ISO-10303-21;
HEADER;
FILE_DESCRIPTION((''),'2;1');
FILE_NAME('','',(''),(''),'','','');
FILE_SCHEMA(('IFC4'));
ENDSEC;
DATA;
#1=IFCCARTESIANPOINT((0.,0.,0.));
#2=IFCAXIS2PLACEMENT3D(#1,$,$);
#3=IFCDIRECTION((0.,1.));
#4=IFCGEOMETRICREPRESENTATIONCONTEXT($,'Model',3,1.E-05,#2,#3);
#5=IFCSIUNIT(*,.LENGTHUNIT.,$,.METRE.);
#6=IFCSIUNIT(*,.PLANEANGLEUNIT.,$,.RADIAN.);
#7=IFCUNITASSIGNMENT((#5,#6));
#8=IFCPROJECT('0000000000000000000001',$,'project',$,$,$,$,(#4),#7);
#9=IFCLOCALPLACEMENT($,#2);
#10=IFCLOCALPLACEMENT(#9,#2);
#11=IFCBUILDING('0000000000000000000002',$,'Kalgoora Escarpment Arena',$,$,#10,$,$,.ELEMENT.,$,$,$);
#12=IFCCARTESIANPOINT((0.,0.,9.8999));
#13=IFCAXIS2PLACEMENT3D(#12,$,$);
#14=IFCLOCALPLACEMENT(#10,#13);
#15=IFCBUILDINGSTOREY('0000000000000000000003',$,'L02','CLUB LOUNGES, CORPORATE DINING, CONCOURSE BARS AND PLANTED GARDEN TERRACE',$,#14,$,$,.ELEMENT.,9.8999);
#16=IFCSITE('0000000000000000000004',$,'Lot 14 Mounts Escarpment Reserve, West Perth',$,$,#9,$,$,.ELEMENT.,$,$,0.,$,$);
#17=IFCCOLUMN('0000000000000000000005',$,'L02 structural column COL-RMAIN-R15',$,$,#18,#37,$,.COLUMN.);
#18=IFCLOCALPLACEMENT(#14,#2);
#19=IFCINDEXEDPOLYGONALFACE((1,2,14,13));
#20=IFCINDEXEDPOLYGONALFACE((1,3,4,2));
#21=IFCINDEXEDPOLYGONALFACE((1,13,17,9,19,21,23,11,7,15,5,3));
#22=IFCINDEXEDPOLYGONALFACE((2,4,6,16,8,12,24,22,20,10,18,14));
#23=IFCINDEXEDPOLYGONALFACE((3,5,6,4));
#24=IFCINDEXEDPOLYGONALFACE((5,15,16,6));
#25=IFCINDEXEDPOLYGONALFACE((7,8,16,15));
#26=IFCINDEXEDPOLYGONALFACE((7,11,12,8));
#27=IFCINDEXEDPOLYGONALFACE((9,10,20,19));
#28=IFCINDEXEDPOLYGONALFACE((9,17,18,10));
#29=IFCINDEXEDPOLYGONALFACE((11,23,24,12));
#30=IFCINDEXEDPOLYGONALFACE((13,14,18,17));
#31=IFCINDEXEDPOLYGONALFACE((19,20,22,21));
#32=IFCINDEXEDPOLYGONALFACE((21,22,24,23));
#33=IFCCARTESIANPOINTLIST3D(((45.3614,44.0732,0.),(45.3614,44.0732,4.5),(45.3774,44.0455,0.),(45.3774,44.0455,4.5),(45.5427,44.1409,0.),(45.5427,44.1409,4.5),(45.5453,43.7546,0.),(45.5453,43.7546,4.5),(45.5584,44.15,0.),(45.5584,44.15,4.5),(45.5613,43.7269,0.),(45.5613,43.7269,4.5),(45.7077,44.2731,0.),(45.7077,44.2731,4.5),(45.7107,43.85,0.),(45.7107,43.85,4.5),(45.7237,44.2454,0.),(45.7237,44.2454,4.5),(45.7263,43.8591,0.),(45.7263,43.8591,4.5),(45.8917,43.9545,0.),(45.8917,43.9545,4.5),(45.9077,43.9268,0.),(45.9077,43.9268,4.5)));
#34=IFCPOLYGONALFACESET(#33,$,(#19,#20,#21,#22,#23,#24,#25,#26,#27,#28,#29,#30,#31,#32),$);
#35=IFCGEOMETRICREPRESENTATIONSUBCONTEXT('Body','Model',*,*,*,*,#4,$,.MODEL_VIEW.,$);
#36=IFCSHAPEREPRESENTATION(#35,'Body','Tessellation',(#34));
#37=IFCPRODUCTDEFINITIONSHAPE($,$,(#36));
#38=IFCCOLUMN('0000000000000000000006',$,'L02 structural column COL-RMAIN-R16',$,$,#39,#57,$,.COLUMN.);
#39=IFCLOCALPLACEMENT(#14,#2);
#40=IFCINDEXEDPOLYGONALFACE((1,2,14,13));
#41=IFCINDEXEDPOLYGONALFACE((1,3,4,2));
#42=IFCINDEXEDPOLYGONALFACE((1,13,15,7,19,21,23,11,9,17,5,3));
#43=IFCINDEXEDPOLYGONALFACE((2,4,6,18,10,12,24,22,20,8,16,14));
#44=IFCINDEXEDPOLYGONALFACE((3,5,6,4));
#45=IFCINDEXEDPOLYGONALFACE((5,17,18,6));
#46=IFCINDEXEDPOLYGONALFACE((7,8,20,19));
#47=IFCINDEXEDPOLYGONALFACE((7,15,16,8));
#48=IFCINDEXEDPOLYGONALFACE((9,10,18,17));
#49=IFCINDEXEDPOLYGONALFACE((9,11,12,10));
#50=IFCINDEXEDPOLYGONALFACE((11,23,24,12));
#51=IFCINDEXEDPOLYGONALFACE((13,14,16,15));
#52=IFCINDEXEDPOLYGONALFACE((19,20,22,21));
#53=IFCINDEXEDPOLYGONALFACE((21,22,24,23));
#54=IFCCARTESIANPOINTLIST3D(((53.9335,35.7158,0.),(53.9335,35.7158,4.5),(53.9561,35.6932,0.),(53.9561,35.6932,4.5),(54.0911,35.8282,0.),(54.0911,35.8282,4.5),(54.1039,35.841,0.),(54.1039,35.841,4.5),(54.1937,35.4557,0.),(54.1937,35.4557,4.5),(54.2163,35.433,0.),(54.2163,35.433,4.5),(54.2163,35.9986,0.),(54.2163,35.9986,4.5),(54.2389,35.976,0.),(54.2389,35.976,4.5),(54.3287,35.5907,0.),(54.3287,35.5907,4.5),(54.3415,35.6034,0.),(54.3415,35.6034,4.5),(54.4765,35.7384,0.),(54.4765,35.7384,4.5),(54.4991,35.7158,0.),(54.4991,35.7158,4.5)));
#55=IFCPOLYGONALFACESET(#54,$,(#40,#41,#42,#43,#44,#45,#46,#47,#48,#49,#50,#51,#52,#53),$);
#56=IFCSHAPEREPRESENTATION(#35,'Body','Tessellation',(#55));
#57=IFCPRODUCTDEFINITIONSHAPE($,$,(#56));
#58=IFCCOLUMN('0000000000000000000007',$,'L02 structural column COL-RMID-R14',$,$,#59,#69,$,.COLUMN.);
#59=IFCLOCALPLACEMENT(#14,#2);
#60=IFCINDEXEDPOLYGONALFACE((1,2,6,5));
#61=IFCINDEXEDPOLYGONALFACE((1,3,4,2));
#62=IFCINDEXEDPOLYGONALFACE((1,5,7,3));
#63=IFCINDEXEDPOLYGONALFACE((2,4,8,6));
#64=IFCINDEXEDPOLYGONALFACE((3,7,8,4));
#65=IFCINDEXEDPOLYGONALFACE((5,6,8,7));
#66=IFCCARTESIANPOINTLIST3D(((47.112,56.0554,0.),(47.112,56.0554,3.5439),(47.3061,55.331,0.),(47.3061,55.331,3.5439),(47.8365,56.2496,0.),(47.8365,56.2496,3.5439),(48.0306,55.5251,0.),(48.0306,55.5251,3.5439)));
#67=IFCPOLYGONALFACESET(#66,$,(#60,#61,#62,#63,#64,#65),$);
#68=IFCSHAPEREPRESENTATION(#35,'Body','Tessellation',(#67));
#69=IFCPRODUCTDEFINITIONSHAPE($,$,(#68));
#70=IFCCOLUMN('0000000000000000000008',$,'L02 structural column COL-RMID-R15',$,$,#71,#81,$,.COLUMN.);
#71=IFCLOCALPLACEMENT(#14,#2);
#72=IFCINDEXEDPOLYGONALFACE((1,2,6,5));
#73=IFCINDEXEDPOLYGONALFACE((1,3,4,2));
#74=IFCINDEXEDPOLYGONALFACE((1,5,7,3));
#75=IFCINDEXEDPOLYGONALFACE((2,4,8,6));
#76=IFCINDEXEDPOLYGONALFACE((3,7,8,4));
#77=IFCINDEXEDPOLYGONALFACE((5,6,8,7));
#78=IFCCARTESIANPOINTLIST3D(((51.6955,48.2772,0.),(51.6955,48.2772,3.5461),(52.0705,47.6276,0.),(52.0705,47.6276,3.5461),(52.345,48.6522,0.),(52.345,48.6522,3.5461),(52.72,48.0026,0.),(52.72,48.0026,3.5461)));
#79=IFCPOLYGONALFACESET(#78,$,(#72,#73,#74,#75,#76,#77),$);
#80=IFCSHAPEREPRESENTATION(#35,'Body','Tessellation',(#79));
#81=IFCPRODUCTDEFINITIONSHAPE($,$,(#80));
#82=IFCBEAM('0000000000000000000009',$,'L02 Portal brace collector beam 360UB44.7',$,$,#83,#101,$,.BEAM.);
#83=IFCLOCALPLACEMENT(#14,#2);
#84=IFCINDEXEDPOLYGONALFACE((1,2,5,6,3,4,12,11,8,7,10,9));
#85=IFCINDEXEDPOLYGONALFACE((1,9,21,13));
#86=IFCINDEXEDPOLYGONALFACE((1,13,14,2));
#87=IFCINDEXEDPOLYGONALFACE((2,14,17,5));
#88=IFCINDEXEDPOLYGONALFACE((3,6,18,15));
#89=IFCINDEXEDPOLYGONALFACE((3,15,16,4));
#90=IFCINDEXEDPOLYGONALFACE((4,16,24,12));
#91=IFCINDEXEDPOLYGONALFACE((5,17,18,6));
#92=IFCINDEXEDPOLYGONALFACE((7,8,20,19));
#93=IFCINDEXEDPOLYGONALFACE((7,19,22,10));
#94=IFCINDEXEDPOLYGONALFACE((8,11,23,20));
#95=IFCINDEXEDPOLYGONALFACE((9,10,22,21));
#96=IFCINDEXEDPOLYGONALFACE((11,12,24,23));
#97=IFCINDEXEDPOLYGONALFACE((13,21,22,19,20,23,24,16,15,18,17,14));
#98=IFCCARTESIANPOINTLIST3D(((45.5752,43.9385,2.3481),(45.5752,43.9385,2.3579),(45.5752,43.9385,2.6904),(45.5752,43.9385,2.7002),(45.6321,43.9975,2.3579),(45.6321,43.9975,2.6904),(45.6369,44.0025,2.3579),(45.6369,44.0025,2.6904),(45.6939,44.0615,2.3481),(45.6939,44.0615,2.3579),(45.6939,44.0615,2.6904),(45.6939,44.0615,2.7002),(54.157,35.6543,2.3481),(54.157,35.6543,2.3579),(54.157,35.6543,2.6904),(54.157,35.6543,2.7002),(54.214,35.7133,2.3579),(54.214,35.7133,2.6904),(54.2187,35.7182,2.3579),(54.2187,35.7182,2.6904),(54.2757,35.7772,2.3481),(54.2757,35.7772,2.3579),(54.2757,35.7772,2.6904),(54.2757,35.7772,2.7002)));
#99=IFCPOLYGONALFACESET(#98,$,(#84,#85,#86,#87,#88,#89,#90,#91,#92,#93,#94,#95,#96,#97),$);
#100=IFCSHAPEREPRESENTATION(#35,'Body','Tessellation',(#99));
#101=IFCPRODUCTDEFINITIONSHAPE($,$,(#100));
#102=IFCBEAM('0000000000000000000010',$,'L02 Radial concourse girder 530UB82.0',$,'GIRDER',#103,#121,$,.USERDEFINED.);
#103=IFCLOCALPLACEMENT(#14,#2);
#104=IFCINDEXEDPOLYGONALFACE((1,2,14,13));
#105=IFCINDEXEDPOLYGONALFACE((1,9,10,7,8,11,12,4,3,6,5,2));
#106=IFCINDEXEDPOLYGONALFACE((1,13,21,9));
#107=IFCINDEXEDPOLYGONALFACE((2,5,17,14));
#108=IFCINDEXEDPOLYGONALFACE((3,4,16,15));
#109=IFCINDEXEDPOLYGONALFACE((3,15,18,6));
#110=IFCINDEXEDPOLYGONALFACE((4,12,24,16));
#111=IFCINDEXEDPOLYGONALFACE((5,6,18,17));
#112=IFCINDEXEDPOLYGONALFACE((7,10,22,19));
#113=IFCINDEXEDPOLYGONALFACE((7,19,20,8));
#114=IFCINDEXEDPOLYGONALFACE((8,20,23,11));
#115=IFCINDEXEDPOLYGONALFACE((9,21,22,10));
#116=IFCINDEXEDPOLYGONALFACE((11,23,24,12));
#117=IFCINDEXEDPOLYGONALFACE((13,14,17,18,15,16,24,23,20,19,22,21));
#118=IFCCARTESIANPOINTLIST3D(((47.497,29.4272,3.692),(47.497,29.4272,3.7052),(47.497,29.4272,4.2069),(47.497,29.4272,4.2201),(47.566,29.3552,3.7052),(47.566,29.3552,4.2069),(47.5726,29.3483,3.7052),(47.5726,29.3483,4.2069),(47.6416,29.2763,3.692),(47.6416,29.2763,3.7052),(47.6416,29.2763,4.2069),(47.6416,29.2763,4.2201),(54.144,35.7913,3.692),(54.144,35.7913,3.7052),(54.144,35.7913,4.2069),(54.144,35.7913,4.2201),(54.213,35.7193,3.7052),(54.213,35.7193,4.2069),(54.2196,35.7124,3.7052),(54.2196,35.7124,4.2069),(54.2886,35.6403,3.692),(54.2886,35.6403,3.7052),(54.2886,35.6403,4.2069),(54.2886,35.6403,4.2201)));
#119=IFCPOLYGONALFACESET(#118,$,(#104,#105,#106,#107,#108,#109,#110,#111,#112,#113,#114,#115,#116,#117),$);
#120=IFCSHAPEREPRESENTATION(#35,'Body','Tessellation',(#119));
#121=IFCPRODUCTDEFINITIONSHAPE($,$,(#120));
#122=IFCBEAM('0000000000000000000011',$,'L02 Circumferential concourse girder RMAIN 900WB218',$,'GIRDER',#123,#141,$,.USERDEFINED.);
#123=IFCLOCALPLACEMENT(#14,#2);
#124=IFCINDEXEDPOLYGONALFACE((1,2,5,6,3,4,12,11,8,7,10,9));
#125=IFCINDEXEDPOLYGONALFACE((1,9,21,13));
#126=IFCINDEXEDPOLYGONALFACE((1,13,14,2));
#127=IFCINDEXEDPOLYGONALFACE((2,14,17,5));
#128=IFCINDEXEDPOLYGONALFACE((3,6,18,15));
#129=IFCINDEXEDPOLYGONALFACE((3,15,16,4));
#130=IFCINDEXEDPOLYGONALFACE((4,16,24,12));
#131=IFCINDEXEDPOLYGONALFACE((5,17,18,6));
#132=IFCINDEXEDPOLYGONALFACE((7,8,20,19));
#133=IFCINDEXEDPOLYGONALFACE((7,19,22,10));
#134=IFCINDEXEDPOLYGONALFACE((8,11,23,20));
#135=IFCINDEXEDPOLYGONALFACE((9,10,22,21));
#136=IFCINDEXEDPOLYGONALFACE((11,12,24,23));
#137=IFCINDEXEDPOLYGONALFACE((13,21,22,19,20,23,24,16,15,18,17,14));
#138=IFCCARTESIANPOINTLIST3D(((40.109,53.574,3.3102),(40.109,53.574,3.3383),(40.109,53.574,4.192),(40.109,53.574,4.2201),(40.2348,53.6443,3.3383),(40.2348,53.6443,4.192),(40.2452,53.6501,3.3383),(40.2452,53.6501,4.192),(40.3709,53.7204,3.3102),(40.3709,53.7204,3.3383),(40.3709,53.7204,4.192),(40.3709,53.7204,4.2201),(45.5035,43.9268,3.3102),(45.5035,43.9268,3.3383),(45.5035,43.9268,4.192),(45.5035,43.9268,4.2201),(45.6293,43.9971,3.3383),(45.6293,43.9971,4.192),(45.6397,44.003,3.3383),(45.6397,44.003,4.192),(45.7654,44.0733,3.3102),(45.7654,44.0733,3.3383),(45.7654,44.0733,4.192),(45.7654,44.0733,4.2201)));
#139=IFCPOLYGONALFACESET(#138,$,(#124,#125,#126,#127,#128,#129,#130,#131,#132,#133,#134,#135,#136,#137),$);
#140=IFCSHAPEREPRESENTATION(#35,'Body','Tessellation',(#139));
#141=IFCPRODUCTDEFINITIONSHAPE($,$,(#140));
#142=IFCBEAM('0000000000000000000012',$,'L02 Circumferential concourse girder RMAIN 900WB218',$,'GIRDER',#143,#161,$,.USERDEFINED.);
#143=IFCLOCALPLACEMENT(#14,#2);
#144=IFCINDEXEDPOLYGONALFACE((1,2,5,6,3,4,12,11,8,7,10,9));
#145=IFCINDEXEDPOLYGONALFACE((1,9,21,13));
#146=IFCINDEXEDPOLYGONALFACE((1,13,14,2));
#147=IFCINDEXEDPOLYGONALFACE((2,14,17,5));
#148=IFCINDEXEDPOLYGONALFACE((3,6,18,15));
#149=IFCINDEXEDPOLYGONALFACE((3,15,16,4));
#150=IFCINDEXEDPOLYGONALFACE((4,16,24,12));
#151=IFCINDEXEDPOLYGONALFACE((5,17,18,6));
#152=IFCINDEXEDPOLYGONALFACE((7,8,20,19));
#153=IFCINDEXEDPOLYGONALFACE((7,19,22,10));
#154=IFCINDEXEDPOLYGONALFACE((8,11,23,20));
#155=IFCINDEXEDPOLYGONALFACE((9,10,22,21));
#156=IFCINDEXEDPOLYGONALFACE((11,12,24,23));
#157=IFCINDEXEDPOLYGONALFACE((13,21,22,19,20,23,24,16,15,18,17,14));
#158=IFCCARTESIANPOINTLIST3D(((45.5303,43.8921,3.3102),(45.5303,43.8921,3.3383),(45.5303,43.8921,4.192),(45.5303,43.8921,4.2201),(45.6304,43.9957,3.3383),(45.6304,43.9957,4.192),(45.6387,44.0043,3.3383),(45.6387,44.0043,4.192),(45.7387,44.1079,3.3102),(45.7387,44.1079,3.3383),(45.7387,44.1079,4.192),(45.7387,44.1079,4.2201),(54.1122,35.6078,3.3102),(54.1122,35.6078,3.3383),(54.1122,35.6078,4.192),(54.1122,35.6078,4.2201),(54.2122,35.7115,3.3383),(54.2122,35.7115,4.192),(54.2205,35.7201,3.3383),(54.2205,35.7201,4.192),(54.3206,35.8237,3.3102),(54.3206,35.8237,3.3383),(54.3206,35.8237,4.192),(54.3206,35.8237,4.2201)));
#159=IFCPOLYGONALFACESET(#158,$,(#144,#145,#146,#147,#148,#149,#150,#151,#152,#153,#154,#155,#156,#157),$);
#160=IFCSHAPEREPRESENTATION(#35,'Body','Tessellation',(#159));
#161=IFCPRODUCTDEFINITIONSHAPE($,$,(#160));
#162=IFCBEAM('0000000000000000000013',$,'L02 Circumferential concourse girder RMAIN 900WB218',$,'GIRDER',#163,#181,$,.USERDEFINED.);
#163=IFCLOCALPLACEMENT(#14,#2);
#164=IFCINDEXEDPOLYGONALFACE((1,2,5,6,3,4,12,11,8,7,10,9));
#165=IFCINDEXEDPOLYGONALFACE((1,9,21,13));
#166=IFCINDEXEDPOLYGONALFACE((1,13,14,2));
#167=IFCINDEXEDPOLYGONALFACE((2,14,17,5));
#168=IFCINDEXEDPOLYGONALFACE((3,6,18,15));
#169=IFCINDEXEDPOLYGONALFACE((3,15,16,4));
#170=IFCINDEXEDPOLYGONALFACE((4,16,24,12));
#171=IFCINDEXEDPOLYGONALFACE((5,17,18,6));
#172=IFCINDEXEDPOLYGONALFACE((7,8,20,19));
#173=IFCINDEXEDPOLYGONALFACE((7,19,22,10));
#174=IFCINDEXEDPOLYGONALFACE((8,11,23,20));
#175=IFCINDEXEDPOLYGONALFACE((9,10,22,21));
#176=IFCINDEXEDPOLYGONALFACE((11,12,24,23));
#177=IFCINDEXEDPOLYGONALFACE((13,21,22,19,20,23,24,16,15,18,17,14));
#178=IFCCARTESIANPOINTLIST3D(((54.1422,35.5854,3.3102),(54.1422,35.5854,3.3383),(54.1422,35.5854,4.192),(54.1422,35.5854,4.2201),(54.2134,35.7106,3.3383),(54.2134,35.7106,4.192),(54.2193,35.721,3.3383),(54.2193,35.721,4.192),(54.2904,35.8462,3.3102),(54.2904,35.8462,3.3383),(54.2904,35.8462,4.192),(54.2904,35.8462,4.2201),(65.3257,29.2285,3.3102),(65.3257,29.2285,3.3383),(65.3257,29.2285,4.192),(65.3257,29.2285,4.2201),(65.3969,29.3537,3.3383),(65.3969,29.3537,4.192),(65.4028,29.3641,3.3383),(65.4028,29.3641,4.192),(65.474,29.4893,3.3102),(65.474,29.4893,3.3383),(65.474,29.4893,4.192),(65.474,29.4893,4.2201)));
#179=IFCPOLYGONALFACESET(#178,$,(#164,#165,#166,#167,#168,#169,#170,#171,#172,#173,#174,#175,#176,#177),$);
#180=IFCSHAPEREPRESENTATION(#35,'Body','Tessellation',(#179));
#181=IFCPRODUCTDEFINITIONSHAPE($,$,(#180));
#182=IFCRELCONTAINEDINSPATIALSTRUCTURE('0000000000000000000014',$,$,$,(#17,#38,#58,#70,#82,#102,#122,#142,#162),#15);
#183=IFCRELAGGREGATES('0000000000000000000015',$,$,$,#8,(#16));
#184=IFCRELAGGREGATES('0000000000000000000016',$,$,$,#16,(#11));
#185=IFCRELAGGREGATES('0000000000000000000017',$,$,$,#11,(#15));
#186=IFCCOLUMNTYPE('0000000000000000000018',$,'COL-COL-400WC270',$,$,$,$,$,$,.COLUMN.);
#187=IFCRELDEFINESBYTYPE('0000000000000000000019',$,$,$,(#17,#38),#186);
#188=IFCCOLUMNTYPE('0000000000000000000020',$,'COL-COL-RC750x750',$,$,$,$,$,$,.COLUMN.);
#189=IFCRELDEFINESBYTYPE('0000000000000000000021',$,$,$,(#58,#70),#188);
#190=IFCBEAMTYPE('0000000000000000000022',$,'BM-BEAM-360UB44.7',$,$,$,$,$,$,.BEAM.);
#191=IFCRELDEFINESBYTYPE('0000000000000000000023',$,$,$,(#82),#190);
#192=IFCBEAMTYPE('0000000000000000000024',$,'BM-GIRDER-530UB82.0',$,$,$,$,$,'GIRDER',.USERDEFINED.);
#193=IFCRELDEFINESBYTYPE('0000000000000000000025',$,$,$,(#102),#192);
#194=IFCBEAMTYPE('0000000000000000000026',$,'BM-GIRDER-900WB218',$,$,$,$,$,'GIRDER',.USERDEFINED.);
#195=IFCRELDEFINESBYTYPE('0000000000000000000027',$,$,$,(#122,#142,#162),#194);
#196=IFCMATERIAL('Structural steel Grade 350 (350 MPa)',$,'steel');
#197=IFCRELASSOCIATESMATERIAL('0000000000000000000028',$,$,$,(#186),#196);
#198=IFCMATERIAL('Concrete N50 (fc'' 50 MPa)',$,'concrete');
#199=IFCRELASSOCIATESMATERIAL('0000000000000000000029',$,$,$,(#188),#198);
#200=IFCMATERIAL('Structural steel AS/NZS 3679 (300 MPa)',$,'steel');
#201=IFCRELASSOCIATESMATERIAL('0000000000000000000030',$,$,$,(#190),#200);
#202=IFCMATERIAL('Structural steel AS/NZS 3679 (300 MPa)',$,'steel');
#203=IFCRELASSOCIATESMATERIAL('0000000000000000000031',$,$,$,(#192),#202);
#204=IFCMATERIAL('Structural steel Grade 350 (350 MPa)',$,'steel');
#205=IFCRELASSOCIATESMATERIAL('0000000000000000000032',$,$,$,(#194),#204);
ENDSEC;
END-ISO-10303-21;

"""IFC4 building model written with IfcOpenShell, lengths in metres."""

from ifc_helpers import new_model, si_unit, direction, frame, origin, origin_2d, place, context, subcontext, project, spatial, rectangle, i_section, extrude, material, material_profile, profile_set, type_object, element, save


model = new_model("IFC4")

# Units and contexts
model_context = context("Model", 3, precision=1e-05, world=origin(), true_north=direction((0.0, 1.0)))
body_context = subcontext(model_context, "Body", "Model", "MODEL_VIEW")
ifc_project = project(units=[si_unit("LENGTHUNIT", "METRE"), si_unit("PLANEANGLEUNIT", "RADIAN")], contexts=[model_context])

# Site, building, storey
site_placement = place(None, origin())
site = spatial("IfcSite", under=ifc_project, at=site_placement, Name="Lot 14 Mounts Escarpment Reserve, West Perth", CompositionType="ELEMENT", RefElevation=0.0)
building_placement = place(site_placement, origin())
building = spatial("IfcBuilding", under=site, at=building_placement, Name="Kalgoora Escarpment Arena", CompositionType="ELEMENT")
storey_placement = place(building_placement, frame((0.0, 0.0, 9.8999)))
storey = spatial("IfcBuildingStorey", under=building, at=storey_placement, Name="L02", Description="CLUB LOUNGES, CORPORATE DINING, CONCOURSE BARS AND PLANTED GARDEN TERRACE", CompositionType="ELEMENT", Elevation=9.8999)

# Columns
ifc_material_1 = material(Name="Structural steel Grade 350 (350 MPa)", Category="steel")
ifc_material_profile_1 = material_profile(ifc_material_1, i_section(OverallWidth=0.3999, OverallDepth=0.3999, WebThickness=0.0181, FlangeThickness=0.032, at=origin_2d()))
ifc_profile_set_1 = profile_set([ifc_material_profile_1], Name="Structural steel Grade 350 (350 MPa)")
column_type_1 = type_object("IfcColumnType", Name="COL-COL-400WC270", PredefinedType="COLUMN", material=ifc_profile_set_1)
for number, where, z_axis, x_axis, name in (
    (1, (45.6345, 44.0, 0.0), (0.0, 0.0, 1.0), (-0.866025, -0.5, 0.0), "L02 structural column COL-RMAIN-R15"),
    (2, (54.2163, 35.7158, 0.0), (0.0, 0.0, 1.0), (-0.707107, -0.707107, 0.0), "L02 structural column COL-RMAIN-R16"),
):
    element("IfcColumn", number, at=place(storey_placement, frame(where, z_axis=z_axis, x_axis=x_axis)), inside=storey, type_object=column_type_1, Name=name, PredefinedType="COLUMN", context=body_context, shape_type="SweptSolid", body=[
        extrude(i_section(OverallWidth=0.3999, OverallDepth=0.3999, WebThickness=0.0181, FlangeThickness=0.032, at=origin_2d()), origin(), (0.0, 0.0, 1.0), 4.5),
    ])
ifc_material_2 = material(Name="Concrete N50 (fc' 50 MPa)", Category="concrete")
ifc_material_profile_2 = material_profile(ifc_material_2, rectangle(XDim=0.75, YDim=0.75, at=origin_2d()))
ifc_profile_set_2 = profile_set([ifc_material_profile_2], Name="Concrete N50 (fc' 50 MPa)")
column_type_2 = type_object("IfcColumnType", Name="COL-COL-RC750x750", PredefinedType="COLUMN", material=ifc_profile_set_2)
column_1_placement = place(storey_placement, frame((47.5713, 55.7903, 0.0), z_axis=(0.0, 0.0, 1.0), x_axis=(-0.965926, -0.258819, 0.0)))
element("IfcColumn", 3, at=column_1_placement, inside=storey, type_object=column_type_2, Name="L02 structural column COL-RMID-R14", PredefinedType="COLUMN", context=body_context, shape_type="SweptSolid", body=[
    extrude(rectangle(XDim=0.75, YDim=0.75, at=origin_2d()), origin(), (0.0, 0.0, 1.0), 3.5439),
])
column_2_placement = place(storey_placement, frame((52.2078, 48.1399, 0.0), z_axis=(0.0, 0.0, 1.0), x_axis=(-0.866025, -0.5, 0.0)))
element("IfcColumn", 4, at=column_2_placement, inside=storey, type_object=column_type_2, Name="L02 structural column COL-RMID-R15", PredefinedType="COLUMN", context=body_context, shape_type="SweptSolid", body=[
    extrude(rectangle(XDim=0.75, YDim=0.75, at=origin_2d()), origin(), (0.0, 0.0, 1.0), 3.5461),
])

# Beams
ifc_material_3 = material(Name="Structural steel AS/NZS 3679 (300 MPa)", Category="steel")
ifc_material_profile_3 = material_profile(ifc_material_3, i_section(OverallWidth=0.1709, OverallDepth=0.3521, WebThickness=0.0068, FlangeThickness=0.0098, at=origin_2d()))
ifc_profile_set_3 = profile_set([ifc_material_profile_3], Name="Structural steel AS/NZS 3679 (300 MPa)")
beam_type_1 = type_object("IfcBeamType", Name="BM-BEAM-360UB44.7", PredefinedType="BEAM", material=ifc_profile_set_3)
beam_1_placement = place(storey_placement, frame((45.6345, 44.0, 2.5242), z_axis=(0.719472, -0.694521, 0.0), x_axis=(0.694521, 0.719472, 0.0)))
element("IfcBeam", 5, at=beam_1_placement, inside=storey, type_object=beam_type_1, Name="L02 Portal brace collector beam 360UB44.7", PredefinedType="BEAM", context=body_context, shape_type="SweptSolid", body=[
    extrude(i_section(OverallWidth=0.1709, OverallDepth=0.3521, WebThickness=0.0068, FlangeThickness=0.0098, at=origin_2d()), origin(), (0.0, 0.0, 1.0), 11.928),
])
ifc_material_4 = material(Name="Structural steel AS/NZS 3679 (300 MPa)", Category="steel")
ifc_material_profile_4 = material_profile(ifc_material_4, i_section(OverallWidth=0.209, OverallDepth=0.5281, WebThickness=0.0095, FlangeThickness=0.0132, at=origin_2d()))
ifc_profile_set_4 = profile_set([ifc_material_profile_4], Name="Structural steel AS/NZS 3679 (300 MPa)")
beam_type_2 = type_object("IfcBeamType", Name="BM-GIRDER-530UB82.0", ElementType="GIRDER", PredefinedType="USERDEFINED", material=ifc_profile_set_4)
beam_2_placement = place(storey_placement, frame((54.2163, 35.7158, 3.9561), z_axis=(-0.722314, -0.691565, 0.0), x_axis=(0.691565, -0.722314, 0.0)))
element("IfcBeam", 6, at=beam_2_placement, inside=storey, type_object=beam_type_2, Name="L02 Radial concourse girder 530UB82.0", ObjectType="GIRDER", PredefinedType="USERDEFINED", context=body_context, shape_type="SweptSolid", body=[
    extrude(i_section(OverallWidth=0.209, OverallDepth=0.5281, WebThickness=0.0095, FlangeThickness=0.0132, at=origin_2d()), origin(), (0.0, 0.0, 1.0), 9.2024),
])
ifc_material_5 = material(Name="Structural steel Grade 350 (350 MPa)", Category="steel")
ifc_material_profile_5 = material_profile(ifc_material_5, i_section(OverallWidth=0.3, OverallDepth=0.9099, WebThickness=0.012, FlangeThickness=0.0281, at=origin_2d()))
ifc_profile_set_5 = profile_set([ifc_material_profile_5], Name="Structural steel Grade 350 (350 MPa)")
beam_type_3 = type_object("IfcBeamType", Name="BM-GIRDER-900WB218", ElementType="GIRDER", PredefinedType="USERDEFINED", material=ifc_profile_set_5)
beam_3_placement = place(storey_placement, frame((40.24, 53.6472, 3.7651), z_axis=(0.488058, -0.872811, 0.0), x_axis=(0.872811, 0.488058, 0.0)))
element("IfcBeam", 7, at=beam_3_placement, inside=storey, type_object=beam_type_3, Name="L02 Circumferential concourse girder RMAIN 900WB218", ObjectType="GIRDER", PredefinedType="USERDEFINED", context=body_context, shape_type="SweptSolid", body=[
    extrude(i_section(OverallWidth=0.3, OverallDepth=0.9099, WebThickness=0.012, FlangeThickness=0.0281, at=origin_2d()), origin(), (0.0, 0.0, 1.0), 11.053),
])
beam_4_placement = place(storey_placement, frame((45.6345, 44.0, 3.7651), z_axis=(0.719472, -0.694521, 0.0), x_axis=(0.694521, 0.719472, 0.0)))
element("IfcBeam", 8, at=beam_4_placement, inside=storey, type_object=beam_type_3, Name="L02 Circumferential concourse girder RMAIN 900WB218", ObjectType="GIRDER", PredefinedType="USERDEFINED", context=body_context, shape_type="SweptSolid", body=[
    extrude(i_section(OverallWidth=0.3, OverallDepth=0.9099, WebThickness=0.012, FlangeThickness=0.0281, at=origin_2d()), origin(), (0.0, 0.0, 1.0), 11.928),
])
beam_5_placement = place(storey_placement, frame((54.2163, 35.7158, 3.7651), z_axis=(0.869369, -0.494163, 0.0), x_axis=(0.494163, 0.869369, 0.0)))
element("IfcBeam", 9, at=beam_5_placement, inside=storey, type_object=beam_type_3, Name="L02 Circumferential concourse girder RMAIN 900WB218", ObjectType="GIRDER", PredefinedType="USERDEFINED", context=body_context, shape_type="SweptSolid", body=[
    extrude(i_section(OverallWidth=0.3, OverallDepth=0.9099, WebThickness=0.012, FlangeThickness=0.0281, at=origin_2d()), origin(), (0.0, 0.0, 1.0), 12.864),
])

save(model, "model.ifc")
